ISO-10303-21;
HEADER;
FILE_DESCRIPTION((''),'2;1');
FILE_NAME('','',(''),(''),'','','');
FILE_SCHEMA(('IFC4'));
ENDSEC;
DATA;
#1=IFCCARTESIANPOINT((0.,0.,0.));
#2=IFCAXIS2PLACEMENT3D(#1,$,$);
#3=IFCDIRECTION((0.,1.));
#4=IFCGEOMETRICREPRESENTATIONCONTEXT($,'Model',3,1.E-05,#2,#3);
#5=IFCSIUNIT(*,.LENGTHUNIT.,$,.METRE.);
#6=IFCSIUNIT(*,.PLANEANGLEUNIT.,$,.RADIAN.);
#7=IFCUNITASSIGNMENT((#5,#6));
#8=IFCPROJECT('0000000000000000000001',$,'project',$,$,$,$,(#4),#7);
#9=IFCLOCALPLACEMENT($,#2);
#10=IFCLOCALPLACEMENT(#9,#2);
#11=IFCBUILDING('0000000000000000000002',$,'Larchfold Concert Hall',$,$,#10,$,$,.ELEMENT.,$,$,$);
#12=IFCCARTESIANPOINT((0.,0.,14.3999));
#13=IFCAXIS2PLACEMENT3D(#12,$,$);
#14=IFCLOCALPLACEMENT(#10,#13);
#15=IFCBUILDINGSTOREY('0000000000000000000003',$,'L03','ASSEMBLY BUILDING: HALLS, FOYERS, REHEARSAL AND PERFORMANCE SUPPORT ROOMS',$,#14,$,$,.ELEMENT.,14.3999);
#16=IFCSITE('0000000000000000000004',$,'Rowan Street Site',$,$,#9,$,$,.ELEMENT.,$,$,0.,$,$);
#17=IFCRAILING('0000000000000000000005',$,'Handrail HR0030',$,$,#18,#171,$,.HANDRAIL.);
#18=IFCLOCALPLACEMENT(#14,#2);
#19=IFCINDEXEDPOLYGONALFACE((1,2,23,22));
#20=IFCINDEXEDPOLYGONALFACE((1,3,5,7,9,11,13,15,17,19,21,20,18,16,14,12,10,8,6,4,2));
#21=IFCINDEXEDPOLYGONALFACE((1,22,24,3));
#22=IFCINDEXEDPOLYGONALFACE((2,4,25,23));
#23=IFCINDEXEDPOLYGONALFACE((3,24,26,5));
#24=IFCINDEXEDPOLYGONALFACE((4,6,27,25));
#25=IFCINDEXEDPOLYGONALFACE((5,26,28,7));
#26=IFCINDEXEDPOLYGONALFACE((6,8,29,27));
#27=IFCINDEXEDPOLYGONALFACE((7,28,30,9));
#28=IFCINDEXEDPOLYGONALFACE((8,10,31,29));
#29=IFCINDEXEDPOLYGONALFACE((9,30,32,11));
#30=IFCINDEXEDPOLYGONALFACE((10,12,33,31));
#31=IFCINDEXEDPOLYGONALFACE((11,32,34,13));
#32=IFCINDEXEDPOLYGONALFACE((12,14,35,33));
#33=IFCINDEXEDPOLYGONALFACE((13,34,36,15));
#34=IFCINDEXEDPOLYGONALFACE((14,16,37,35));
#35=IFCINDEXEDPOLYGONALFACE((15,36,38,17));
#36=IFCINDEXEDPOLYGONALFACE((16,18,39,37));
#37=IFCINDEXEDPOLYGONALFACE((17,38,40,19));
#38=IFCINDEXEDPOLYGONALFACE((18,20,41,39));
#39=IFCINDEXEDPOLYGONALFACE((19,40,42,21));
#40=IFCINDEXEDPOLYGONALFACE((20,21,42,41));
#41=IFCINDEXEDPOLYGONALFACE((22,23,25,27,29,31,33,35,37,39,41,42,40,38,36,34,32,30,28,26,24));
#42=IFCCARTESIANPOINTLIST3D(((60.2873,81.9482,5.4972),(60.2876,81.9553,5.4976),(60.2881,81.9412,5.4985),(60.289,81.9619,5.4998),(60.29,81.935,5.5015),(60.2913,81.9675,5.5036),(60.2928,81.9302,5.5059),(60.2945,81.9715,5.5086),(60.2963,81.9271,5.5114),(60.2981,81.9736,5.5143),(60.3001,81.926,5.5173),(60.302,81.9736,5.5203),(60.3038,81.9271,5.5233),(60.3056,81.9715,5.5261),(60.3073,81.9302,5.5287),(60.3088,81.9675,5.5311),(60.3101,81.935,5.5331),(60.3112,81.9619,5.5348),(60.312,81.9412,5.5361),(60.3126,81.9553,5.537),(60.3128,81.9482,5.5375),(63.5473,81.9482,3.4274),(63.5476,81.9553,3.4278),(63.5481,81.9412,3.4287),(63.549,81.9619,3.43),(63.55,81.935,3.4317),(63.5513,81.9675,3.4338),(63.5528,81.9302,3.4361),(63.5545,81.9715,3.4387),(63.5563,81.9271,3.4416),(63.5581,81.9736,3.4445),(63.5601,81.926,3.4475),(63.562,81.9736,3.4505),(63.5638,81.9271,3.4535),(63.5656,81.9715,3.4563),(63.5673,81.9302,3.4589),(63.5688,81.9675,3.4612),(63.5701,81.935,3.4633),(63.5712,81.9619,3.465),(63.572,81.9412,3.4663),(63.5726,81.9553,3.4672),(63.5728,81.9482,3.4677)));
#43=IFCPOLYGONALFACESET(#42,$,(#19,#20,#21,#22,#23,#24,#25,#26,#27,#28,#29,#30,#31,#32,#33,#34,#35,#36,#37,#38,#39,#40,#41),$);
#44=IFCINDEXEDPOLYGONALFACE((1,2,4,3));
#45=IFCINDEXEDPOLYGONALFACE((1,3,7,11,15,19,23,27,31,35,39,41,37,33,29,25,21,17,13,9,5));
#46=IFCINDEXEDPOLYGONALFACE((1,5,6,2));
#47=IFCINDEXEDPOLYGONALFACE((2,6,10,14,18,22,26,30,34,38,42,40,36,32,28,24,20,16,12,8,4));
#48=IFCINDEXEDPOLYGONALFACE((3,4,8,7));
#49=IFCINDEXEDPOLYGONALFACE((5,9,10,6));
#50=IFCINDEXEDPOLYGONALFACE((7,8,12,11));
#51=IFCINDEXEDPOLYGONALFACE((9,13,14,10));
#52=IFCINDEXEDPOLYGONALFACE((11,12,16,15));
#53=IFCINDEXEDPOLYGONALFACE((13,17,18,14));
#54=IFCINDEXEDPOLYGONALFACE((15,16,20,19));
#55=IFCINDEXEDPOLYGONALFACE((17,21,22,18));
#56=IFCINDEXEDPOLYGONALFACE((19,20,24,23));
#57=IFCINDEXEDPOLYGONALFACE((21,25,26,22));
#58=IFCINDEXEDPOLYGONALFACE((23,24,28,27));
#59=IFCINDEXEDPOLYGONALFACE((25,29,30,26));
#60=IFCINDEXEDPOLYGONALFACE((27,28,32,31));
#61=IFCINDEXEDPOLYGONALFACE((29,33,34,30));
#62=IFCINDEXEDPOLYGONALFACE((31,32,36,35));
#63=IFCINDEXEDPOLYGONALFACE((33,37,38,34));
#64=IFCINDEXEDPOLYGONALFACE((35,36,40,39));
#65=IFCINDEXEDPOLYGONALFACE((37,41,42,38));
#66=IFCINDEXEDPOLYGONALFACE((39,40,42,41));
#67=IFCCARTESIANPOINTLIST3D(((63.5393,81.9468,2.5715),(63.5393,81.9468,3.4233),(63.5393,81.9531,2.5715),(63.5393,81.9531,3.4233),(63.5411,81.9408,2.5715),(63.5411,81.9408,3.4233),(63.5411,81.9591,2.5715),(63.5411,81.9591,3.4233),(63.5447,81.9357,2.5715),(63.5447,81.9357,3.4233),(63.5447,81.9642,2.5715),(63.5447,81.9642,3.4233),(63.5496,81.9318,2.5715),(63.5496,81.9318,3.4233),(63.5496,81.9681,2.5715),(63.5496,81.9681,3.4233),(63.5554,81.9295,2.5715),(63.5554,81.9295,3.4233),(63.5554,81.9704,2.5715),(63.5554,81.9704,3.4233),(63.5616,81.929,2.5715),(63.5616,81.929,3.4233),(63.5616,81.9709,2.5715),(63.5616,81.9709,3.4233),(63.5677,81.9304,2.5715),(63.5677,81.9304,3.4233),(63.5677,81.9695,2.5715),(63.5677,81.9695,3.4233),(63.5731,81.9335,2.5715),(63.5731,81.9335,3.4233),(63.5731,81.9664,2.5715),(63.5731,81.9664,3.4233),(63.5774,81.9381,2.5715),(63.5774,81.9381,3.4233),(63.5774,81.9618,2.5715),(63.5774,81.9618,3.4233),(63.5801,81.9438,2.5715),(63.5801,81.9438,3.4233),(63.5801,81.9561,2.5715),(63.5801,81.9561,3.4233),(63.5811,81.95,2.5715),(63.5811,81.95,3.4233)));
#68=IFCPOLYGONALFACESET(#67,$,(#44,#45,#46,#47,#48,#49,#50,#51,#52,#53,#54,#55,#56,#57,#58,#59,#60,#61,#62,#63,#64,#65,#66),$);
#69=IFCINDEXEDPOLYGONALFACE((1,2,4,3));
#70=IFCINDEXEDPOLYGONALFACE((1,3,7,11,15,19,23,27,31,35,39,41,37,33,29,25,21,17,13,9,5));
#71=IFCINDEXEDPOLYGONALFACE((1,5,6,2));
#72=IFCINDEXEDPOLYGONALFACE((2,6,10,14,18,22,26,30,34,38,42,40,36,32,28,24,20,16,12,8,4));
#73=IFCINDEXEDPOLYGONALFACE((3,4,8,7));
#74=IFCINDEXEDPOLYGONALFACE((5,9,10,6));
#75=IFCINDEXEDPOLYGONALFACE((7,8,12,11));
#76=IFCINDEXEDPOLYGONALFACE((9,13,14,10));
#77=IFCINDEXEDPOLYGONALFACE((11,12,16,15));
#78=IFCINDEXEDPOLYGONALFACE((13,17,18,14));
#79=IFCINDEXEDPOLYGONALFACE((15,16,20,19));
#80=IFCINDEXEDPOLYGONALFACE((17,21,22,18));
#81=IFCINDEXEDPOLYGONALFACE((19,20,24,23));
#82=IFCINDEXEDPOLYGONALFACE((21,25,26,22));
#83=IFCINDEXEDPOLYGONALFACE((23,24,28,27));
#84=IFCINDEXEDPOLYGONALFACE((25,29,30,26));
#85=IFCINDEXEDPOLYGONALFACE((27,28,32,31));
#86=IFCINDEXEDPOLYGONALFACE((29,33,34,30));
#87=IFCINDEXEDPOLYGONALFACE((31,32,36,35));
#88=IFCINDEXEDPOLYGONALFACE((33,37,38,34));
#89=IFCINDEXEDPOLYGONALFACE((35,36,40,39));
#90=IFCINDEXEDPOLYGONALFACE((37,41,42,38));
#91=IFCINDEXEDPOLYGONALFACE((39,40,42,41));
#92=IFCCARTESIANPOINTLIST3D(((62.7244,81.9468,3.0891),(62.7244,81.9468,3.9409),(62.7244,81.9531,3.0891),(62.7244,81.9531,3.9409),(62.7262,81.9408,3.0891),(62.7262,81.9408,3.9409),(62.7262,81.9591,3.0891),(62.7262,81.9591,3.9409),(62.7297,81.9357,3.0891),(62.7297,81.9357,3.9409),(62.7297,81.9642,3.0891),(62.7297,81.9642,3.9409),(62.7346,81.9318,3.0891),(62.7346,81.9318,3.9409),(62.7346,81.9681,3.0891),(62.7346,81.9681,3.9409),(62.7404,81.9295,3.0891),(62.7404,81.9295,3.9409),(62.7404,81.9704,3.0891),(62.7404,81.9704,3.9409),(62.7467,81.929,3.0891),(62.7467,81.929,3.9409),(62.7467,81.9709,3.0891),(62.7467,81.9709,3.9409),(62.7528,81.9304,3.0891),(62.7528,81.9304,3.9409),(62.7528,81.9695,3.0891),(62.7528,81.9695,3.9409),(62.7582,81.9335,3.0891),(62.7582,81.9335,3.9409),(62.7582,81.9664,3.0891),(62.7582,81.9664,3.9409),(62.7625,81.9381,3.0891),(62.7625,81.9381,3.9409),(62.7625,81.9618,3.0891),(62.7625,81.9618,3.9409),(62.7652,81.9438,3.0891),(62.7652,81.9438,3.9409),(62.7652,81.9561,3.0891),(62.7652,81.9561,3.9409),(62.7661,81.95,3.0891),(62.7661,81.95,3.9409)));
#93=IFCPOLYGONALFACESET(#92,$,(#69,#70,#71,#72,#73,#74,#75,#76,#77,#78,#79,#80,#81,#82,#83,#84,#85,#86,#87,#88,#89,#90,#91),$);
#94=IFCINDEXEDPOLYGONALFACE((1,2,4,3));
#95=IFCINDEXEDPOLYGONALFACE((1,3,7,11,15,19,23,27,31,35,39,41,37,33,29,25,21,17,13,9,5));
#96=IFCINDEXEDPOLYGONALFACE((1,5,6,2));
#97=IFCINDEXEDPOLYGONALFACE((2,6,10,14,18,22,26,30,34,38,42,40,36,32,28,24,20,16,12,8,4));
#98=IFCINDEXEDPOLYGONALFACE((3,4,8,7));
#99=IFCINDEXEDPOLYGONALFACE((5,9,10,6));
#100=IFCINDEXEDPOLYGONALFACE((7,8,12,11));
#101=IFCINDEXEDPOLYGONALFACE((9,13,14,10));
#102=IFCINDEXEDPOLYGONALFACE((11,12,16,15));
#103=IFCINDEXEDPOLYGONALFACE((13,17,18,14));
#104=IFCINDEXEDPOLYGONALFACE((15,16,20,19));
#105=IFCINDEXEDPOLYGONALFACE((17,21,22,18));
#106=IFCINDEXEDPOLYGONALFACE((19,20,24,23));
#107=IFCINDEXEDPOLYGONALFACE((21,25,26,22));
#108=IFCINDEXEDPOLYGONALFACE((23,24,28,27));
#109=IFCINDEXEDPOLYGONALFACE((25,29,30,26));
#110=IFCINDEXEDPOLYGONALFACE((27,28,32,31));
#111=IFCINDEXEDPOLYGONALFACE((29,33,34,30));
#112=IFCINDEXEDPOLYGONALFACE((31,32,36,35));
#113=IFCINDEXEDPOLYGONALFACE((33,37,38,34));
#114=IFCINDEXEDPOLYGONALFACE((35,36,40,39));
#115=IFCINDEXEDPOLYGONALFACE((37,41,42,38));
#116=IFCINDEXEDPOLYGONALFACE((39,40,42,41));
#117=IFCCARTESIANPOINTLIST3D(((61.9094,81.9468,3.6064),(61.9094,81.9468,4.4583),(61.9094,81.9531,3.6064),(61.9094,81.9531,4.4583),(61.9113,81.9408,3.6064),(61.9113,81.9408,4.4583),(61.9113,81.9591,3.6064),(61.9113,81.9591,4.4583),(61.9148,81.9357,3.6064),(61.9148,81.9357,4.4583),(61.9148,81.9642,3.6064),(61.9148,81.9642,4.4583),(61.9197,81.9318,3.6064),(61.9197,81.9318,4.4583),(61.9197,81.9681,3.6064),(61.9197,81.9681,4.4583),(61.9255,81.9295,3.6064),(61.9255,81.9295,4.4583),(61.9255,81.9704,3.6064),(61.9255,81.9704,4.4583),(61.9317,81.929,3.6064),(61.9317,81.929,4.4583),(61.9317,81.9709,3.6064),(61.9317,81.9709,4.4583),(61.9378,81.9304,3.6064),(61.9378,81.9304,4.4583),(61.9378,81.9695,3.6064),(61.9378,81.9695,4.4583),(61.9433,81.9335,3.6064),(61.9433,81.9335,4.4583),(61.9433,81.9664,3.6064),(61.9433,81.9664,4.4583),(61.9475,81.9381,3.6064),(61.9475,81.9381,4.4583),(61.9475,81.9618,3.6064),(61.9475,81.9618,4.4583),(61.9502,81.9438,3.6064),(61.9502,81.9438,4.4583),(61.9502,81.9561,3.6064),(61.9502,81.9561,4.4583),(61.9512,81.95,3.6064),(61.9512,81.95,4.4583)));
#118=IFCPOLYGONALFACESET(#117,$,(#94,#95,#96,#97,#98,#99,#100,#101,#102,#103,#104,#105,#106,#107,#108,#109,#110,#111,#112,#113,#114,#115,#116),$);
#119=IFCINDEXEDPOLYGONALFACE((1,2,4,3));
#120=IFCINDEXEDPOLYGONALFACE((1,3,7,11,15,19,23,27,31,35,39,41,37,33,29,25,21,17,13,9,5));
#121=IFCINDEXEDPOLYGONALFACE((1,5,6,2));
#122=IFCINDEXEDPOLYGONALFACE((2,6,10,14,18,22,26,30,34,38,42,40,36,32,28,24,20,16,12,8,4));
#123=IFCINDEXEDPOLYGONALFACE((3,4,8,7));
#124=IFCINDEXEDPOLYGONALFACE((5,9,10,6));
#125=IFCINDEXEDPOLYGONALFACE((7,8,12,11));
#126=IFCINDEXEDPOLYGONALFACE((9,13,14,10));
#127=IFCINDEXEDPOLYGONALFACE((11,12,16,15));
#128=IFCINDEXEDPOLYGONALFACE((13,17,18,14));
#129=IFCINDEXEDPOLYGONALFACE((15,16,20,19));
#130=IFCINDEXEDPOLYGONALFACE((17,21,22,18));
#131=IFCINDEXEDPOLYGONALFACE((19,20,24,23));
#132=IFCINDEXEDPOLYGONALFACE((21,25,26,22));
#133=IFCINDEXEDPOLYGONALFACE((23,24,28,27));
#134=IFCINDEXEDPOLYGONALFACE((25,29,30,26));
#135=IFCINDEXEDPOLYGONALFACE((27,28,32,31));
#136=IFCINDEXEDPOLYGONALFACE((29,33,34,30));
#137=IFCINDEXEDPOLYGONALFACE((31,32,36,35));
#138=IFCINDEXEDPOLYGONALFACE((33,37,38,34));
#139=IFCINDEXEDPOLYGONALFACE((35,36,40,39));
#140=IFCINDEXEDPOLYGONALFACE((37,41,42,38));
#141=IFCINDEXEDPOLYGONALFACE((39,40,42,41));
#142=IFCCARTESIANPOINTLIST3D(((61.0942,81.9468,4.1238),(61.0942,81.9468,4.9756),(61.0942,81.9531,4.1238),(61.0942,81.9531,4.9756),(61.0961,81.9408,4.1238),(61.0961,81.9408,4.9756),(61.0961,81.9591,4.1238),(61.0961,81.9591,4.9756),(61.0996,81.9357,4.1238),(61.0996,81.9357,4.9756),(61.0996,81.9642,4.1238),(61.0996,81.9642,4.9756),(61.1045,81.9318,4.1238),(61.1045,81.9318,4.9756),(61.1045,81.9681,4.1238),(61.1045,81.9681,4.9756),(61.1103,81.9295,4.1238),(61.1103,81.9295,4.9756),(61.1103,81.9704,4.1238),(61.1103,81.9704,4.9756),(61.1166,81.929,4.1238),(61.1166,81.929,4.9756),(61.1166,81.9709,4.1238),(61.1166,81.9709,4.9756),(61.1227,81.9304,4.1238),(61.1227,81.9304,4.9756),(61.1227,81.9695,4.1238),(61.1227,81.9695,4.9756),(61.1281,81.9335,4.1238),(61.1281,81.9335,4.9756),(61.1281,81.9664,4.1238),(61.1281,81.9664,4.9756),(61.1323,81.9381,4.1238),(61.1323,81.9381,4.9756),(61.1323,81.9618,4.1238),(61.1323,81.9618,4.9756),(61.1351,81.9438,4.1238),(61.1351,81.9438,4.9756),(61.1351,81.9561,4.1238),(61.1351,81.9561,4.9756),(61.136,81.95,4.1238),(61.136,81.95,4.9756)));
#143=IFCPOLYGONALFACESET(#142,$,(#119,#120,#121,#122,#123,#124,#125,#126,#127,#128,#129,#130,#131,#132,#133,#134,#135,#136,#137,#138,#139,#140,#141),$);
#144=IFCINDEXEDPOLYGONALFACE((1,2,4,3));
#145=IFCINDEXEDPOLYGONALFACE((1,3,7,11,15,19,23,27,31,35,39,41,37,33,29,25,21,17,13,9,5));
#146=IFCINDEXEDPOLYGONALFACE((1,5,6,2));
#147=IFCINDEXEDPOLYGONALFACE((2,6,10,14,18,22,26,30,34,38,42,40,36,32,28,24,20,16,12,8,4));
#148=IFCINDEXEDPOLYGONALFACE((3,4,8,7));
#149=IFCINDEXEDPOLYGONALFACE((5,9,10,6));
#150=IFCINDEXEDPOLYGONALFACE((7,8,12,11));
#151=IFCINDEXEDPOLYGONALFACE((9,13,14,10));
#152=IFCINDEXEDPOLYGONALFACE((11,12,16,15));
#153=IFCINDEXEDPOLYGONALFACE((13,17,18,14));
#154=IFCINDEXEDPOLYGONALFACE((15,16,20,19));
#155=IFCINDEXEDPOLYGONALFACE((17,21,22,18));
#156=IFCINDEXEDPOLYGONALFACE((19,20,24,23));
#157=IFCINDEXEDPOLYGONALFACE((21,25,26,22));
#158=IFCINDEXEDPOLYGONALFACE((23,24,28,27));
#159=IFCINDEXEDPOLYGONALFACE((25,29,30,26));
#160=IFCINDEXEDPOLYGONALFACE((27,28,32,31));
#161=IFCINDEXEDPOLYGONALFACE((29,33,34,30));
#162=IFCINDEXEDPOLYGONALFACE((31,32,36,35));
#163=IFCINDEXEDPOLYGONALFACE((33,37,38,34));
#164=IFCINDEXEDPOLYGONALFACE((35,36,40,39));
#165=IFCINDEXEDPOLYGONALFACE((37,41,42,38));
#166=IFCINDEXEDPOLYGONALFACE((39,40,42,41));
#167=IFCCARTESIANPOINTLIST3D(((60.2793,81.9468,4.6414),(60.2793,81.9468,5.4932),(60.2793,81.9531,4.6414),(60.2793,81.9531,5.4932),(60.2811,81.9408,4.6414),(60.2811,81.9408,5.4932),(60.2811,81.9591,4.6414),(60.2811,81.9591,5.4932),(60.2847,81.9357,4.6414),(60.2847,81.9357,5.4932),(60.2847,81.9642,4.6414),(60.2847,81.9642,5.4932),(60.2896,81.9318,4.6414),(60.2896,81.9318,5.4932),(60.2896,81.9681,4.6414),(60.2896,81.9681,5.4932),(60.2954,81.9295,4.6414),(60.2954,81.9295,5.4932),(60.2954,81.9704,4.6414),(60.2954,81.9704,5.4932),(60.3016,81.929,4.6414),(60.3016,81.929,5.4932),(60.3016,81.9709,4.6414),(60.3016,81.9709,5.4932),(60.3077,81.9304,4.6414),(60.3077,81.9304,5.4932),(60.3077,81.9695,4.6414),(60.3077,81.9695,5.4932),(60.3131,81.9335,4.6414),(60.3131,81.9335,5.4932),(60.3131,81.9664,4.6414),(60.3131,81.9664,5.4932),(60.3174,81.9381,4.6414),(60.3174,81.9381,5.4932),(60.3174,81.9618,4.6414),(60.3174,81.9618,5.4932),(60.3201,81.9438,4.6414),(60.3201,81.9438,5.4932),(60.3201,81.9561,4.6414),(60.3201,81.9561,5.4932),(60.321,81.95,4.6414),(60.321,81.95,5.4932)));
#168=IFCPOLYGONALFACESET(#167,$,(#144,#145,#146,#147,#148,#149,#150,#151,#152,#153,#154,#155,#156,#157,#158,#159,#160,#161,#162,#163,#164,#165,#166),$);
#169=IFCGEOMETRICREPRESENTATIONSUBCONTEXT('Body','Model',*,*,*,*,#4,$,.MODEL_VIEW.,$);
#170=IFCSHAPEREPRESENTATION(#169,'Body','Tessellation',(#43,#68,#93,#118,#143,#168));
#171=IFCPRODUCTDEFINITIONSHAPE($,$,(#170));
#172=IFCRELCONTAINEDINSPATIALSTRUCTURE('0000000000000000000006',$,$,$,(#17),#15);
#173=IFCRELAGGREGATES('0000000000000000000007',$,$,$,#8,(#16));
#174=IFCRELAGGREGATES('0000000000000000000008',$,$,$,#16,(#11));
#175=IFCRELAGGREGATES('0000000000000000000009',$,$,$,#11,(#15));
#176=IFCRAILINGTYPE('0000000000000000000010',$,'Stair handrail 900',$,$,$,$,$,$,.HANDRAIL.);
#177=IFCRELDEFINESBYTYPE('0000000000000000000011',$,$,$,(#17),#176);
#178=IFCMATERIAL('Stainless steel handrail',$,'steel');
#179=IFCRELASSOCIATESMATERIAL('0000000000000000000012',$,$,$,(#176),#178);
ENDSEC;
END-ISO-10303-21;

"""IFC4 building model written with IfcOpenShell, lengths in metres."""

from ifc_helpers import new_model, si_unit, direction, frame, origin, origin_2d, place, context, subcontext, project, spatial, circle, extrude, material, type_object, element, save


model = new_model("IFC4")

# Units and contexts
model_context = context("Model", 3, precision=1e-05, world=origin(), true_north=direction((0.0, 1.0)))
body_context = subcontext(model_context, "Body", "Model", "MODEL_VIEW")
ifc_project = project(units=[si_unit("LENGTHUNIT", "METRE"), si_unit("PLANEANGLEUNIT", "RADIAN")], contexts=[model_context])

# Site, building, storey
site_placement = place(None, origin())
site = spatial("IfcSite", under=ifc_project, at=site_placement, Name="Rowan Street Site", CompositionType="ELEMENT", RefElevation=0.0)
building_placement = place(site_placement, origin())
building = spatial("IfcBuilding", under=site, at=building_placement, Name="Larchfold Concert Hall", CompositionType="ELEMENT")
storey_placement = place(building_placement, frame((0.0, 0.0, 14.3999)))
storey = spatial("IfcBuildingStorey", under=building, at=storey_placement, Name="L03", Description="ASSEMBLY BUILDING: HALLS, FOYERS, REHEARSAL AND PERFORMANCE SUPPORT ROOMS", CompositionType="ELEMENT", Elevation=14.3999)

# Railing
ifc_material_1 = material(Name="Stainless steel handrail", Category="steel")
railing_type_1 = type_object("IfcRailingType", Name="Stair handrail 900", PredefinedType="HANDRAIL", material=ifc_material_1)
railing_1_placement = place(storey_placement, frame((63.5601, 81.95, 2.5715)))
element("IfcRailing", 1, at=railing_1_placement, inside=storey, type_object=railing_type_1, Name="Handrail HR0030", PredefinedType="HANDRAIL", context=body_context, shape_type="SweptSolid", body=[
    extrude(circle(Radius=0.0239, at=origin_2d()), frame((0.0, 0.0, 0.876), z_axis=(-0.844216, 0.0, 0.536004), x_axis=(0.0, -1.0, 0.0)), (0.0, 0.0, 1.0), 3.8616),
    extrude(circle(Radius=0.021, at=origin_2d()), origin(), (0.0, 0.0, 1.0), 0.8518),
    extrude(circle(Radius=0.021, at=origin_2d()), frame((-0.8149, 0.0, 0.5176)), (0.0, 0.0, 1.0), 0.8518),
    extrude(circle(Radius=0.021, at=origin_2d()), frame((-1.6299, 0.0, 1.0349)), (0.0, 0.0, 1.0), 0.8518),
    extrude(circle(Radius=0.021, at=origin_2d()), frame((-2.4451, 0.0, 1.5522)), (0.0, 0.0, 1.0), 0.8518),
    extrude(circle(Radius=0.021, at=origin_2d()), frame((-3.26, 0.0, 2.0698)), (0.0, 0.0, 1.0), 0.8518),
])

save(model, "model.ifc")
